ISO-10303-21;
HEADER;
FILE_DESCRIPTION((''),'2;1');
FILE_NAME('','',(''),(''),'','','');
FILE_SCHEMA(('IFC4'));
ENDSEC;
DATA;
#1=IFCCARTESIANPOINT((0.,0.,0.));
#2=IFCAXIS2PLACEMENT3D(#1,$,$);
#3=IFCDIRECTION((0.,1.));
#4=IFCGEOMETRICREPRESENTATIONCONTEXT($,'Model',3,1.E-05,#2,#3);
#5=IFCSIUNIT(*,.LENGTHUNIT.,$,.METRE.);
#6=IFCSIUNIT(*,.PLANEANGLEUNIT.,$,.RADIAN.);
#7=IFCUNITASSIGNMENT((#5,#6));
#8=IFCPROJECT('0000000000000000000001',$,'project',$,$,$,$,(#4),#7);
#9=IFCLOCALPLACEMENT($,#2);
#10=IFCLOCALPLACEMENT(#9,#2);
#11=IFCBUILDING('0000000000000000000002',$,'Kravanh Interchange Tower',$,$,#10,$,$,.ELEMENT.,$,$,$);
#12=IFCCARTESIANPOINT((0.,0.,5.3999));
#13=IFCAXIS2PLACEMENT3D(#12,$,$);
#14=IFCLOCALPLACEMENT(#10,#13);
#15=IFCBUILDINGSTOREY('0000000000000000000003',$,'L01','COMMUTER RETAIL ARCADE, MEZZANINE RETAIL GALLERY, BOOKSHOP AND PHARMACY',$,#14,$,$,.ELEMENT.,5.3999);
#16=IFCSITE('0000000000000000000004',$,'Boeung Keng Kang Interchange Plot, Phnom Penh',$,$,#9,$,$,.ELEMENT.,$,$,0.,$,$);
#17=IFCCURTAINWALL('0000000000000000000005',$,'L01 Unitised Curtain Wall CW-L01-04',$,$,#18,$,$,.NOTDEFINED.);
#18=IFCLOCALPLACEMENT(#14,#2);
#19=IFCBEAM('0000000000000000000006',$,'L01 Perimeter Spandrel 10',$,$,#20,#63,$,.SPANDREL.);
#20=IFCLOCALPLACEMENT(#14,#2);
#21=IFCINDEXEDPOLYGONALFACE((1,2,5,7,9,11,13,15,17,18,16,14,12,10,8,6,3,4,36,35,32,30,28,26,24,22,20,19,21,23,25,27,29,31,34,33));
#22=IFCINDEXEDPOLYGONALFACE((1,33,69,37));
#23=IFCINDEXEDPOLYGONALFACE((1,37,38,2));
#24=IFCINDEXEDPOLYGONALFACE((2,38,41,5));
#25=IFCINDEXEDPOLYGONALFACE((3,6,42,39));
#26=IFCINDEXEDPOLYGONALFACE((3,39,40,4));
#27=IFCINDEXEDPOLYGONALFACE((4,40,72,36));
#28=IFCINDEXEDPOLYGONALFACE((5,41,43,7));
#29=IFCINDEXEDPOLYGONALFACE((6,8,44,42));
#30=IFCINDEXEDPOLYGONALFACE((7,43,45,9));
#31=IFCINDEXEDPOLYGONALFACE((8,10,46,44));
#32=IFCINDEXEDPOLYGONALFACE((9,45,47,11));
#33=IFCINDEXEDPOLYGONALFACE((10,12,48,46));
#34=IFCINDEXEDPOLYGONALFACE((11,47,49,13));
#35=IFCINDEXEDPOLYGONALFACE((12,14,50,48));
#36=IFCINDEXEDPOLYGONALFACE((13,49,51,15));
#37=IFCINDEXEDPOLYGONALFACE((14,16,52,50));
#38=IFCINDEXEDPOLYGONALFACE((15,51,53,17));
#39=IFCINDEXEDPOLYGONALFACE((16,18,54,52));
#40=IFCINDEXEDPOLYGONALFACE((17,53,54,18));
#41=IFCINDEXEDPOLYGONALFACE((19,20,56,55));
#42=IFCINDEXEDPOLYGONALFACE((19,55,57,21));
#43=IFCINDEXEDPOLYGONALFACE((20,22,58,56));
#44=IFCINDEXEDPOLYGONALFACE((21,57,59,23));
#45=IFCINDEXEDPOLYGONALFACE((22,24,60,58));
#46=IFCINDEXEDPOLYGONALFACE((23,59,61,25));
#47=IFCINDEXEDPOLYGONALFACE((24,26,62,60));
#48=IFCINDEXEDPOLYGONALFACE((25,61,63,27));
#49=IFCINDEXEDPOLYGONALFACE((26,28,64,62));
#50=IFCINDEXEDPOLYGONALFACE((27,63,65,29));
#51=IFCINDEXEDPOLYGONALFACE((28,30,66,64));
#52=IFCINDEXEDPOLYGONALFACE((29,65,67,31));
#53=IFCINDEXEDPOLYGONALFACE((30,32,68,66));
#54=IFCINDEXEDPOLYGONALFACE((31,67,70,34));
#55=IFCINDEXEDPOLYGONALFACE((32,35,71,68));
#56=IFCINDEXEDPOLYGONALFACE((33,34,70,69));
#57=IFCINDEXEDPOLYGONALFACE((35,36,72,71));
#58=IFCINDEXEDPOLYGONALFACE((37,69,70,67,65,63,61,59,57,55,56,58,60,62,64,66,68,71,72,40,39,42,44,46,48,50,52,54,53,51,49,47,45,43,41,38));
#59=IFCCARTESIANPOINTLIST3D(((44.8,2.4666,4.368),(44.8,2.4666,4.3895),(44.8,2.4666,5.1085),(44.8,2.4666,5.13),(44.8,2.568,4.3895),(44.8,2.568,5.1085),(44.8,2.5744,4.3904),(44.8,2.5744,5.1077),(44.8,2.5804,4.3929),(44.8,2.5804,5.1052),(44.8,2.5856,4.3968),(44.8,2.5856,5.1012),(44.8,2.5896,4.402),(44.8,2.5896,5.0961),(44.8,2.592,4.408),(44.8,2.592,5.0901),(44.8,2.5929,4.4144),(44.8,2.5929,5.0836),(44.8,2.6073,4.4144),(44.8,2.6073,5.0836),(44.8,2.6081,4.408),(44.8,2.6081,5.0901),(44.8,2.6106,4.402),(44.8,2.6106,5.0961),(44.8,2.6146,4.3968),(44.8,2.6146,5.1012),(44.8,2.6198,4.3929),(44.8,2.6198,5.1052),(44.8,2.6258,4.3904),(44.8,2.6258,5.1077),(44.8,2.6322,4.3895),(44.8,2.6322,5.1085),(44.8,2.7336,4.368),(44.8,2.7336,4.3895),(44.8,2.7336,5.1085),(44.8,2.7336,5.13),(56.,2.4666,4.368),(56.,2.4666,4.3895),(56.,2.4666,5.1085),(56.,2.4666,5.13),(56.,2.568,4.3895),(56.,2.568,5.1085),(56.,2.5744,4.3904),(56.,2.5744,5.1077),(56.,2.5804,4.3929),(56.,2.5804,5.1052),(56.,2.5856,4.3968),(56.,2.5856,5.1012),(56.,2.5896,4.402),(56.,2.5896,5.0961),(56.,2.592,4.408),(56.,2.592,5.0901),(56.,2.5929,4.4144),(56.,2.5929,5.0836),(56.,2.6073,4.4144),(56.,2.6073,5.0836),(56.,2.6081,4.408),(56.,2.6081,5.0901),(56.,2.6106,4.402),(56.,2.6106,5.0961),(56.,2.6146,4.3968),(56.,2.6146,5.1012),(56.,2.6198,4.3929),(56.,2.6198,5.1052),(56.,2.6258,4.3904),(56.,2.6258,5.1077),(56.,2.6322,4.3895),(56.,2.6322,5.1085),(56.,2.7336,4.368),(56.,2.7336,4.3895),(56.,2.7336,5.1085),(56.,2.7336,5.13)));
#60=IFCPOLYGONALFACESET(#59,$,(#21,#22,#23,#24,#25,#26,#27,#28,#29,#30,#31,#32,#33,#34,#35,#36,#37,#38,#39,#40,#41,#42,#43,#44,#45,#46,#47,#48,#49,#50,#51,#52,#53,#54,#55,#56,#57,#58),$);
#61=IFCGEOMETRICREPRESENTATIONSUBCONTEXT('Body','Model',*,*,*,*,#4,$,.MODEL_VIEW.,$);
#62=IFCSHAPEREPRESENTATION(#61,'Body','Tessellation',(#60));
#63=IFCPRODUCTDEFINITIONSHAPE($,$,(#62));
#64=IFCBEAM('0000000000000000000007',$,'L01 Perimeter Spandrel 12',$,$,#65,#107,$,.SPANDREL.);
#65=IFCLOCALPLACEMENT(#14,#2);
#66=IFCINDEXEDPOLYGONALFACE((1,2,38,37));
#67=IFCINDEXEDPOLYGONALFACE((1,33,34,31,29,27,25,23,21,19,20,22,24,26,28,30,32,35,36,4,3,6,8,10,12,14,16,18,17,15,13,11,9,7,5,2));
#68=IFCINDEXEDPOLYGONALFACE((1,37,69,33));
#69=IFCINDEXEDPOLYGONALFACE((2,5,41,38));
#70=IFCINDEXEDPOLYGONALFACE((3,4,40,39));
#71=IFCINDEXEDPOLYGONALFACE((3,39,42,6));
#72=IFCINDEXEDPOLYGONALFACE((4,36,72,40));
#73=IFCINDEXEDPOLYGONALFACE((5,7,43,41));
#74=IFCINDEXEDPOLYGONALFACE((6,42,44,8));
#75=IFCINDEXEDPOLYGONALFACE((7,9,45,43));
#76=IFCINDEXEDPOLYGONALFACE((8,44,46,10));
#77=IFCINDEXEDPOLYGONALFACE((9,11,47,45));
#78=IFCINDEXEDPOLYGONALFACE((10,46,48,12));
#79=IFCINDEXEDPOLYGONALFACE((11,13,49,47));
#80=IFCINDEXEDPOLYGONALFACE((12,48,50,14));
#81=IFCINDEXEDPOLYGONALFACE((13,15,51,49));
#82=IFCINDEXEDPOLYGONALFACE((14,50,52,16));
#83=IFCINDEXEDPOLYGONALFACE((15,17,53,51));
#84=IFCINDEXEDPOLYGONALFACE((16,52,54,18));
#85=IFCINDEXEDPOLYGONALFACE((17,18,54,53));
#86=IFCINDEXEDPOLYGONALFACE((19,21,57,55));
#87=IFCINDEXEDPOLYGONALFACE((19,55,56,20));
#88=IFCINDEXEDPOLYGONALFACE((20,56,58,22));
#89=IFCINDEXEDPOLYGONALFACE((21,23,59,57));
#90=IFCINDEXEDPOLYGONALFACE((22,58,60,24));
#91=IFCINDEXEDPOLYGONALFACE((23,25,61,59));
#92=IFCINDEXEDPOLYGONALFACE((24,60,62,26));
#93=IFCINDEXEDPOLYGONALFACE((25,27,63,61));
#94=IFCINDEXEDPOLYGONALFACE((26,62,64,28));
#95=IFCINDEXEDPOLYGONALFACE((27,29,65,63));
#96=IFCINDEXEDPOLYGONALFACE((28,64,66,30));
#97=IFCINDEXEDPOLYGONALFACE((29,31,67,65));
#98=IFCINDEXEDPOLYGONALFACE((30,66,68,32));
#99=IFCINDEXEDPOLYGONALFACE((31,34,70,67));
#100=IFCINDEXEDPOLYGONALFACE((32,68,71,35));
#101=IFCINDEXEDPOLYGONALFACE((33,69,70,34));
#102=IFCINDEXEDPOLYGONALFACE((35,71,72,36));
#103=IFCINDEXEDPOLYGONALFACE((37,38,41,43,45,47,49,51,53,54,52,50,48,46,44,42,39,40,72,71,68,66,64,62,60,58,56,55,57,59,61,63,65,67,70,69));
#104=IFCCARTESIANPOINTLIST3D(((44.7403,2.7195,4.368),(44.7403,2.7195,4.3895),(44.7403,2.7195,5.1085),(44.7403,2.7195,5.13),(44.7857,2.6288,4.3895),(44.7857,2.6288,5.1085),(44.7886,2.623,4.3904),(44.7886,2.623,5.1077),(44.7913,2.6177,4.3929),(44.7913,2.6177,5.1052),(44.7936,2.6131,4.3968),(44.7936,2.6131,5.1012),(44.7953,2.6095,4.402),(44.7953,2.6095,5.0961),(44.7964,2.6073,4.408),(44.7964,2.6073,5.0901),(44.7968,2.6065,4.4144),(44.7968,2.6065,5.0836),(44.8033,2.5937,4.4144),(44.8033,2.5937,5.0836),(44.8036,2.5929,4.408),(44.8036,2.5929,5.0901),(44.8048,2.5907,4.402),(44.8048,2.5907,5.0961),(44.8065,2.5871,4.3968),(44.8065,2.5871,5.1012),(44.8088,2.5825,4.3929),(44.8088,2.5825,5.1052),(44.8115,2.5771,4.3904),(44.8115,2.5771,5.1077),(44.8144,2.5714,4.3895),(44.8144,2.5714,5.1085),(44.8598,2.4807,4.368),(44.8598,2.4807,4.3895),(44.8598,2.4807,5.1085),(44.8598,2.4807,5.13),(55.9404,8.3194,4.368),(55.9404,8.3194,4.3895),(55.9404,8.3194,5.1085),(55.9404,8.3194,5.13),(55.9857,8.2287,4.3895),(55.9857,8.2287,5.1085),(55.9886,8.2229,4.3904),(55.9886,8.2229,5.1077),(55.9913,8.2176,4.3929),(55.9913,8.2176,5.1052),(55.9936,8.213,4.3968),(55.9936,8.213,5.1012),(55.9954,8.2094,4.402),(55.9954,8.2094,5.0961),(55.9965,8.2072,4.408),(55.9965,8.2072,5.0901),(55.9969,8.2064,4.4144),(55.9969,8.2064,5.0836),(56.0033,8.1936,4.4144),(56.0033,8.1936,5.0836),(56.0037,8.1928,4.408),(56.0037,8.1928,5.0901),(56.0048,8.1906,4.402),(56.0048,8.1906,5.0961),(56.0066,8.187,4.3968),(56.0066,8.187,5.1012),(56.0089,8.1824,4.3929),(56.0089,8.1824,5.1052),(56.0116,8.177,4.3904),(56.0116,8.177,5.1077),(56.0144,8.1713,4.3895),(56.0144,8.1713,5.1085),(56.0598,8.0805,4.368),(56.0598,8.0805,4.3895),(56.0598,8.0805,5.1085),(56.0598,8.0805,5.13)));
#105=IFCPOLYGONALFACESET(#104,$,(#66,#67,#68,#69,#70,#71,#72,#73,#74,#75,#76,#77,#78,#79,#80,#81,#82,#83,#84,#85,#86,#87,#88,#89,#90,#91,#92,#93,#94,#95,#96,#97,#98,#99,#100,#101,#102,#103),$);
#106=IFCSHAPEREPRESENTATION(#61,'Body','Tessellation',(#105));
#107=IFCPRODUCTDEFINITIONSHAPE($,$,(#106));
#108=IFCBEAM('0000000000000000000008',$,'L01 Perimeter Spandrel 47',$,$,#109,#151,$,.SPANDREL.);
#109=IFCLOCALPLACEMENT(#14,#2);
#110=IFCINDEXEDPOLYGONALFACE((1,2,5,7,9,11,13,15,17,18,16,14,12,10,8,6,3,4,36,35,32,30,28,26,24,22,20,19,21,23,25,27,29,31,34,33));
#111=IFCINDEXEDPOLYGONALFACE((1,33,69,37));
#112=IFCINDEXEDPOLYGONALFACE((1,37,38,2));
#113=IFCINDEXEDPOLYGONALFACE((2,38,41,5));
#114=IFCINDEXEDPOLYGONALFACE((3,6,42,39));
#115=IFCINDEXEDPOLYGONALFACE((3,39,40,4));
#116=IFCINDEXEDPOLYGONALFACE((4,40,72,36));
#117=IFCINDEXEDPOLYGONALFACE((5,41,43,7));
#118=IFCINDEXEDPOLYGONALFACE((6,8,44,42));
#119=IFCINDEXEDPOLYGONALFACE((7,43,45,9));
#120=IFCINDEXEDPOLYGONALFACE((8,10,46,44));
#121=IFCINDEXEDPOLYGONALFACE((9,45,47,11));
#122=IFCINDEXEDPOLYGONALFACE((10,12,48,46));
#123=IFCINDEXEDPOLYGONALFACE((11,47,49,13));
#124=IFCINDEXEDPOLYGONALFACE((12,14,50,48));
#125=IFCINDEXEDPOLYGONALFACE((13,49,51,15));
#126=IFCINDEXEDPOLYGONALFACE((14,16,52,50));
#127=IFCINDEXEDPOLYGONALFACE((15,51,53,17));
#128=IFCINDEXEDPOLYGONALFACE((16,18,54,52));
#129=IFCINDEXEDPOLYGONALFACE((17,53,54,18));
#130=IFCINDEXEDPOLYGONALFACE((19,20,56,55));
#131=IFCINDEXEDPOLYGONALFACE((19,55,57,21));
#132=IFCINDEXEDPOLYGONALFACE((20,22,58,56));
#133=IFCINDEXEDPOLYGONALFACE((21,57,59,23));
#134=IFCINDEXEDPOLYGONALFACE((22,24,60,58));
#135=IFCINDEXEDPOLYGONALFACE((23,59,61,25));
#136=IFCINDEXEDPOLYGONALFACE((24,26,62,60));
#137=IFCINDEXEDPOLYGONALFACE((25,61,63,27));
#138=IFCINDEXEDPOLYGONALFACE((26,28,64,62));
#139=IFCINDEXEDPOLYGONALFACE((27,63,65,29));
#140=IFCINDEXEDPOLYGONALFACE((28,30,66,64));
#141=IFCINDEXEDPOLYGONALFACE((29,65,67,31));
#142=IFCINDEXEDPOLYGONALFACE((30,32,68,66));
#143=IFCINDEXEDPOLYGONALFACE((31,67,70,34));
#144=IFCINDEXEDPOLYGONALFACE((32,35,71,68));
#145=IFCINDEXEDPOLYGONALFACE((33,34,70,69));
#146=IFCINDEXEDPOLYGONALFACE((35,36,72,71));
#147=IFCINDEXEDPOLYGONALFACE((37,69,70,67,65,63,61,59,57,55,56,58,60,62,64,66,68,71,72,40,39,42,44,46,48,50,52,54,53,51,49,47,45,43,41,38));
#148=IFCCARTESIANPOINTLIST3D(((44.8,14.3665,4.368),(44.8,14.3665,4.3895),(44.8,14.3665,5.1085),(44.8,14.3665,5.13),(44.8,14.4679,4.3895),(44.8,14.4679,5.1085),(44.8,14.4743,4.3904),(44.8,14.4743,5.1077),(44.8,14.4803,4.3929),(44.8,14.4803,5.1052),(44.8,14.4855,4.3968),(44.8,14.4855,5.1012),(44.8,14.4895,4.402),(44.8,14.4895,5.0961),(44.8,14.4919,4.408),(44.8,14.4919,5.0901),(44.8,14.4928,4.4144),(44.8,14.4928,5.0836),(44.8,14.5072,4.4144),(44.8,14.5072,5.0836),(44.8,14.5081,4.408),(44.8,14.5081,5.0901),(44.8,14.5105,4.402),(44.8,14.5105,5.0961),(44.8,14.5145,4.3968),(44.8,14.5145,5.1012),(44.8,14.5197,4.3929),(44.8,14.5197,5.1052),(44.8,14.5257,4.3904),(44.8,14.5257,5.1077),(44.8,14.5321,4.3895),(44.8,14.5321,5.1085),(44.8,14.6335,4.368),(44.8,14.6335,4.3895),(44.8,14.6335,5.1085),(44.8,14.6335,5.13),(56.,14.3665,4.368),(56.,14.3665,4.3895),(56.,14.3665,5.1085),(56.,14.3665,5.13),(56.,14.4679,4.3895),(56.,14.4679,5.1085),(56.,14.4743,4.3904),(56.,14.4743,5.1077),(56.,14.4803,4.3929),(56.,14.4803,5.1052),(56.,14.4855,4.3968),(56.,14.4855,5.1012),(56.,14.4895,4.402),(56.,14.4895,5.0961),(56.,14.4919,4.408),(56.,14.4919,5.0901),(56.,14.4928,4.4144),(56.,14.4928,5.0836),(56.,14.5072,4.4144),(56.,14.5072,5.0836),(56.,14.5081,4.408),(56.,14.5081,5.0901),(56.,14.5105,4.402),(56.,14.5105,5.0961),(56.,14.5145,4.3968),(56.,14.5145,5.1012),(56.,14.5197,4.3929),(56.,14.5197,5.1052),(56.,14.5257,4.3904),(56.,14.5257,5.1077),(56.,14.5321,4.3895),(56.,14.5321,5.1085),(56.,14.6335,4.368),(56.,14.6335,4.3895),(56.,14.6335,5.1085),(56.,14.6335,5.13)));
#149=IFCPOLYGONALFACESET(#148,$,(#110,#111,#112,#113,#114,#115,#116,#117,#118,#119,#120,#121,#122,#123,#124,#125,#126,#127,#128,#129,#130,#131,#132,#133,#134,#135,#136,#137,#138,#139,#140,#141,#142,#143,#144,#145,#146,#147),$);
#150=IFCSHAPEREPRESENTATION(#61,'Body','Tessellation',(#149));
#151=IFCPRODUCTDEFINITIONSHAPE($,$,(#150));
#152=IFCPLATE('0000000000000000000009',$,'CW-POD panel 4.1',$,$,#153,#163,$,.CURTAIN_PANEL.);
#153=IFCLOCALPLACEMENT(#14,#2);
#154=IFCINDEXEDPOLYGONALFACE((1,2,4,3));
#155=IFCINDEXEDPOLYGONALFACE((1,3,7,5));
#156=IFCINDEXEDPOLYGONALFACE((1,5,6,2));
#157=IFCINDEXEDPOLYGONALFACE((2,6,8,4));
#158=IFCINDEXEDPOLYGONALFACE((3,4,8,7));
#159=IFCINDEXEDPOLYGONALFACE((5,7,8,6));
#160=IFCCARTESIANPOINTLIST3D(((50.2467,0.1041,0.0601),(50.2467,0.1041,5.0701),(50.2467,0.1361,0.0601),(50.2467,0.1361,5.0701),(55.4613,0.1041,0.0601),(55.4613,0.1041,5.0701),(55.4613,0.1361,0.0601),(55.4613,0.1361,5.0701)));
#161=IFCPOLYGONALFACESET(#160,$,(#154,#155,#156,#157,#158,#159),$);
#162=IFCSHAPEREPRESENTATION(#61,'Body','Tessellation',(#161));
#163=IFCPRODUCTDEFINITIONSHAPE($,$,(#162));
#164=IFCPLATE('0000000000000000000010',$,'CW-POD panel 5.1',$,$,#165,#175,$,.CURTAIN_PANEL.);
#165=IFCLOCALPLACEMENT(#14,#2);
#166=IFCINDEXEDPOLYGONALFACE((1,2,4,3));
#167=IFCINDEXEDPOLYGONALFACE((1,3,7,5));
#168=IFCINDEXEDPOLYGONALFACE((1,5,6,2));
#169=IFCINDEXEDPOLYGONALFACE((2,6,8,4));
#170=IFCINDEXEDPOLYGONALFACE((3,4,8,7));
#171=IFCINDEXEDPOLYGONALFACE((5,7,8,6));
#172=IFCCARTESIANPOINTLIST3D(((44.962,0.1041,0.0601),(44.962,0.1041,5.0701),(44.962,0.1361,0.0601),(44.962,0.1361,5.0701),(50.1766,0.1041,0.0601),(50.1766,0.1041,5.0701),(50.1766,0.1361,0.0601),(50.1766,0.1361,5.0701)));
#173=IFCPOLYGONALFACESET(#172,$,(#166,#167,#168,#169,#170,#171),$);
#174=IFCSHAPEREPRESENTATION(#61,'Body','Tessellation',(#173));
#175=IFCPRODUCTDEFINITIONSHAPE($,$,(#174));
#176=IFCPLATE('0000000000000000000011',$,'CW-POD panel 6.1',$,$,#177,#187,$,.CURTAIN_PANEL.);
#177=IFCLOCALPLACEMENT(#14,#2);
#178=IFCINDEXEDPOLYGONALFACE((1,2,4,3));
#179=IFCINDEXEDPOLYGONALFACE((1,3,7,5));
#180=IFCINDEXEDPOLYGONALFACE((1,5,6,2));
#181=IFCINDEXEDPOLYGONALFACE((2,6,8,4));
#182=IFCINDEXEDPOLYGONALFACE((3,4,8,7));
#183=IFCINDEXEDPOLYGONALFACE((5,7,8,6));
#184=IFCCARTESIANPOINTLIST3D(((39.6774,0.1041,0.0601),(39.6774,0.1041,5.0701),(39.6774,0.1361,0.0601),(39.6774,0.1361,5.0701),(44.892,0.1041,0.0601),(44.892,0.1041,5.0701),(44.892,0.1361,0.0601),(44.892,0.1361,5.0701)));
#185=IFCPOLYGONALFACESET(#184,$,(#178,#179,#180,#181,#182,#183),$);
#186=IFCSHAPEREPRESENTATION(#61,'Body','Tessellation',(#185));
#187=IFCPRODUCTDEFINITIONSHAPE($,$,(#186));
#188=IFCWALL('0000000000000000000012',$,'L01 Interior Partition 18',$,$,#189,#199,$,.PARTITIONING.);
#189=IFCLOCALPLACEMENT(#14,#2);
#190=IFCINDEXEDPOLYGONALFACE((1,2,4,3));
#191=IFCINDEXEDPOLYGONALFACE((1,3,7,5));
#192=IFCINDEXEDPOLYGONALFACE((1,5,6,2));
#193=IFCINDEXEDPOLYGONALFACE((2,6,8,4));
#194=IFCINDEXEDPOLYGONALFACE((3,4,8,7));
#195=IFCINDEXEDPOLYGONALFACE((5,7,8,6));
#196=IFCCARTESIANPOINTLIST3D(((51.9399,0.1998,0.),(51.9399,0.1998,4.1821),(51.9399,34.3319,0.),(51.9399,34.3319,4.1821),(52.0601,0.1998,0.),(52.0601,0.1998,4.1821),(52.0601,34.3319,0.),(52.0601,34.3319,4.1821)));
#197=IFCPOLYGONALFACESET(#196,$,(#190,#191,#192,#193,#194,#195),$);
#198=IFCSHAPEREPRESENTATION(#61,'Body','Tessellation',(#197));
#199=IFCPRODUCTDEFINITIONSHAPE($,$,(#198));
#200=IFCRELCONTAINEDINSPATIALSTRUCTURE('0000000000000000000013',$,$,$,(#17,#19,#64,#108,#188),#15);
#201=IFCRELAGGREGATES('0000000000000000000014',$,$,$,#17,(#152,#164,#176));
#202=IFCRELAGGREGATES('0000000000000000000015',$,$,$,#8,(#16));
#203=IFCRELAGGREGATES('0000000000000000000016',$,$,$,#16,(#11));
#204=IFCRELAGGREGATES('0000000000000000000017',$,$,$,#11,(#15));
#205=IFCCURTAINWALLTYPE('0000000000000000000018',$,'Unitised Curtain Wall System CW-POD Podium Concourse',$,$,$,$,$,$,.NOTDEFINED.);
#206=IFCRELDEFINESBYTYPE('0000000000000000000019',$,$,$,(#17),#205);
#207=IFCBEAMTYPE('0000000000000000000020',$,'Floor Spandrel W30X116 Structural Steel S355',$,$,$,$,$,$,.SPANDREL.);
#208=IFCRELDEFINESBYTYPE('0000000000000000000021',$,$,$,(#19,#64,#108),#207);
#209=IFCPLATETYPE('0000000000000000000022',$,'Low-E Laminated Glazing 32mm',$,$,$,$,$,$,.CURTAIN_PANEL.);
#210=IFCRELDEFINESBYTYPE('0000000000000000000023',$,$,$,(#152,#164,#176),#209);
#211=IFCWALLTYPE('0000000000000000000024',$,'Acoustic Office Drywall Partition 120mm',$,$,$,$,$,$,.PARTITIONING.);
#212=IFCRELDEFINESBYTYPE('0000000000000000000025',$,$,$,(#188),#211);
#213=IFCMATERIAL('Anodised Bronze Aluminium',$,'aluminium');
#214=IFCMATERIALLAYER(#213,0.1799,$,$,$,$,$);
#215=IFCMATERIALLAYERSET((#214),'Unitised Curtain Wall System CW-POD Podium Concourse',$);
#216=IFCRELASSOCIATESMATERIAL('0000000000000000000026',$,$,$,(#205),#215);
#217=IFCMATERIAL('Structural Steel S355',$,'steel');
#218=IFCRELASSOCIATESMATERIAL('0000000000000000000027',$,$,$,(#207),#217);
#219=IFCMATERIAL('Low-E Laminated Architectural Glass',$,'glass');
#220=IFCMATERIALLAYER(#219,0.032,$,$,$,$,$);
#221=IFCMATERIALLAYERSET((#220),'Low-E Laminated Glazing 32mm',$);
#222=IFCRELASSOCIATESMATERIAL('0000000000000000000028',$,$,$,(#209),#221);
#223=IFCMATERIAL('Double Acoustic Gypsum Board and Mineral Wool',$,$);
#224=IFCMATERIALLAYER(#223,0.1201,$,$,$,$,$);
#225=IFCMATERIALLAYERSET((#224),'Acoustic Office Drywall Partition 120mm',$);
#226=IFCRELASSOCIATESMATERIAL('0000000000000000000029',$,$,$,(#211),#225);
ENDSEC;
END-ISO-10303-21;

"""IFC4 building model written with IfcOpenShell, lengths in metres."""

from ifc_helpers import new_model, si_unit, direction, frame, frame_2d, origin, origin_2d, place, context, subcontext, project, spatial, rectangle, i_section, extrude, material, layer, layer_set, material_profile, profile_set, type_object, element, aggregate, save


model = new_model("IFC4")

# Units and contexts
model_context = context("Model", 3, precision=1e-05, world=origin(), true_north=direction((0.0, 1.0)))
body_context = subcontext(model_context, "Body", "Model", "MODEL_VIEW")
ifc_project = project(units=[si_unit("LENGTHUNIT", "METRE"), si_unit("PLANEANGLEUNIT", "RADIAN")], contexts=[model_context])

# Site, building, storey
site_placement = place(None, origin())
site = spatial("IfcSite", under=ifc_project, at=site_placement, Name="Boeung Keng Kang Interchange Plot, Phnom Penh", CompositionType="ELEMENT", RefElevation=0.0)
building_placement = place(site_placement, origin())
building = spatial("IfcBuilding", under=site, at=building_placement, Name="Kravanh Interchange Tower", CompositionType="ELEMENT")
storey_placement = place(building_placement, frame((0.0, 0.0, 5.3999)))
storey = spatial("IfcBuildingStorey", under=building, at=storey_placement, Name="L01", Description="COMMUTER RETAIL ARCADE, MEZZANINE RETAIL GALLERY, BOOKSHOP AND PHARMACY", CompositionType="ELEMENT", Elevation=5.3999)

# Curtain wall
ifc_material_1 = material(Name="Anodised Bronze Aluminium", Category="aluminium")
ifc_layer_1 = layer(ifc_material_1, 0.1799)
ifc_layer_set_1 = layer_set([ifc_layer_1], Name="Unitised Curtain Wall System CW-POD Podium Concourse")
curtain_wall_type = type_object("IfcCurtainWallType", Name="Unitised Curtain Wall System CW-POD Podium Concourse", PredefinedType="NOTDEFINED", material=ifc_layer_set_1)
curtain_wall_placement = place(storey_placement, origin())
curtain_wall = element("IfcCurtainWall", 1, at=curtain_wall_placement, inside=storey, type_object=curtain_wall_type, Name="L01 Unitised Curtain Wall CW-L01-04", PredefinedType="NOTDEFINED")

# Beams
ifc_material_2 = material(Name="Structural Steel S355", Category="steel")
ifc_material_profile_1 = material_profile(ifc_material_2, i_section(OverallWidth=0.2671, OverallDepth=0.762, WebThickness=0.0144, FlangeThickness=0.0215, FilletRadius=0.0249, at=origin_2d()), Name="W30X116")
ifc_profile_set_1 = profile_set([ifc_material_profile_1], Name="Structural Steel S355")
beam_type_1 = type_object("IfcBeamType", Name="Floor Spandrel W30X116 Structural Steel S355", PredefinedType="SPANDREL", material=ifc_profile_set_1)
beam_1_placement = place(storey_placement, frame((44.8, 2.6001, 4.749), z_axis=(1.0, 0.0, 0.0), x_axis=(0.0, 1.0, 0.0)))
element("IfcBeam", 2, at=beam_1_placement, inside=storey, type_object=beam_type_1, Name="L01 Perimeter Spandrel 10", PredefinedType="SPANDREL", context=body_context, shape_type="SweptSolid", body=[
    extrude(i_section(OverallWidth=0.2671, OverallDepth=0.762, WebThickness=0.0144, FlangeThickness=0.0215, FilletRadius=0.0249, at=origin_2d()), origin(), (0.0, 0.0, 1.0), 11.2),
])
beam_2_placement = place(storey_placement, frame((44.8, 2.6001, 4.749), z_axis=(0.894431, 0.447206, 0.0), x_axis=(-0.447206, 0.894431, 0.0)))
element("IfcBeam", 3, at=beam_2_placement, inside=storey, type_object=beam_type_1, Name="L01 Perimeter Spandrel 12", PredefinedType="SPANDREL", context=body_context, shape_type="SweptSolid", body=[
    extrude(i_section(OverallWidth=0.2671, OverallDepth=0.762, WebThickness=0.0144, FlangeThickness=0.0215, FilletRadius=0.0249, at=origin_2d()), origin(), (0.0, 0.0, 1.0), 12.522),
])
beam_3_placement = place(storey_placement, frame((44.8, 14.5, 4.749), z_axis=(1.0, 0.0, 0.0), x_axis=(0.0, 1.0, 0.0)))
element("IfcBeam", 4, at=beam_3_placement, inside=storey, type_object=beam_type_1, Name="L01 Perimeter Spandrel 47", PredefinedType="SPANDREL", context=body_context, shape_type="SweptSolid", body=[
    extrude(i_section(OverallWidth=0.2671, OverallDepth=0.762, WebThickness=0.0144, FlangeThickness=0.0215, FilletRadius=0.0249, at=origin_2d()), origin(), (0.0, 0.0, 1.0), 11.2),
])

# Plates
ifc_material_3 = material(Name="Low-E Laminated Architectural Glass", Category="glass")
ifc_layer_2 = layer(ifc_material_3, 0.032)
ifc_layer_set_2 = layer_set([ifc_layer_2], Name="Low-E Laminated Glazing 32mm")
plate_type = type_object("IfcPlateType", Name="Low-E Laminated Glazing 32mm", PredefinedType="CURTAIN_PANEL", material=ifc_layer_set_2)
plate_1_placement = place(storey_placement, frame((52.854, 0.1201, 0.0601), z_axis=(0.0, 0.0, 1.0), x_axis=(-1.0, 0.0, 0.0)))
plate_1 = element("IfcPlate", 5, at=plate_1_placement, type_object=plate_type, Name="CW-POD panel 4.1", PredefinedType="CURTAIN_PANEL", context=body_context, shape_type="SweptSolid", body=[
    extrude(rectangle(XDim=5.2146, YDim=0.032, at=origin_2d()), origin(), (0.0, 0.0, 1.0), 5.01),
])
plate_2_placement = place(storey_placement, frame((47.5693, 0.1201, 0.0601), z_axis=(0.0, 0.0, 1.0), x_axis=(-1.0, 0.0, 0.0)))
plate_2 = element("IfcPlate", 6, at=plate_2_placement, type_object=plate_type, Name="CW-POD panel 5.1", PredefinedType="CURTAIN_PANEL", context=body_context, shape_type="SweptSolid", body=[
    extrude(rectangle(XDim=5.2146, YDim=0.032, at=origin_2d()), origin(), (0.0, 0.0, 1.0), 5.01),
])
plate_3_placement = place(storey_placement, frame((42.2847, 0.1201, 0.0601), z_axis=(0.0, 0.0, 1.0), x_axis=(-1.0, 0.0, 0.0)))
plate_3 = element("IfcPlate", 7, at=plate_3_placement, type_object=plate_type, Name="CW-POD panel 6.1", PredefinedType="CURTAIN_PANEL", context=body_context, shape_type="SweptSolid", body=[
    extrude(rectangle(XDim=5.2146, YDim=0.032, at=origin_2d()), origin(), (0.0, 0.0, 1.0), 5.01),
])
aggregate(curtain_wall, [plate_1, plate_2, plate_3])

# Wall
ifc_material_4 = material(Name="Double Acoustic Gypsum Board and Mineral Wool")
ifc_layer_3 = layer(ifc_material_4, 0.1201)
ifc_layer_set_3 = layer_set([ifc_layer_3], Name="Acoustic Office Drywall Partition 120mm")
wall_type = type_object("IfcWallType", Name="Acoustic Office Drywall Partition 120mm", PredefinedType="PARTITIONING", material=ifc_layer_set_3)
wall_placement = place(storey_placement, frame((52.0, 0.2, 0.0), z_axis=(0.0, 0.0, 1.0), x_axis=(0.0, 1.0, 0.0)))
element("IfcWall", 8, at=wall_placement, inside=storey, type_object=wall_type, Name="L01 Interior Partition 18", PredefinedType="PARTITIONING", context=body_context, shape_type="SweptSolid", body=[
    extrude(rectangle(XDim=34.1321, YDim=0.1201, at=frame_2d((17.0659, 0.0))), origin(), (0.0, 0.0, 1.0), 4.1821),
])

save(model, "model.ifc")
